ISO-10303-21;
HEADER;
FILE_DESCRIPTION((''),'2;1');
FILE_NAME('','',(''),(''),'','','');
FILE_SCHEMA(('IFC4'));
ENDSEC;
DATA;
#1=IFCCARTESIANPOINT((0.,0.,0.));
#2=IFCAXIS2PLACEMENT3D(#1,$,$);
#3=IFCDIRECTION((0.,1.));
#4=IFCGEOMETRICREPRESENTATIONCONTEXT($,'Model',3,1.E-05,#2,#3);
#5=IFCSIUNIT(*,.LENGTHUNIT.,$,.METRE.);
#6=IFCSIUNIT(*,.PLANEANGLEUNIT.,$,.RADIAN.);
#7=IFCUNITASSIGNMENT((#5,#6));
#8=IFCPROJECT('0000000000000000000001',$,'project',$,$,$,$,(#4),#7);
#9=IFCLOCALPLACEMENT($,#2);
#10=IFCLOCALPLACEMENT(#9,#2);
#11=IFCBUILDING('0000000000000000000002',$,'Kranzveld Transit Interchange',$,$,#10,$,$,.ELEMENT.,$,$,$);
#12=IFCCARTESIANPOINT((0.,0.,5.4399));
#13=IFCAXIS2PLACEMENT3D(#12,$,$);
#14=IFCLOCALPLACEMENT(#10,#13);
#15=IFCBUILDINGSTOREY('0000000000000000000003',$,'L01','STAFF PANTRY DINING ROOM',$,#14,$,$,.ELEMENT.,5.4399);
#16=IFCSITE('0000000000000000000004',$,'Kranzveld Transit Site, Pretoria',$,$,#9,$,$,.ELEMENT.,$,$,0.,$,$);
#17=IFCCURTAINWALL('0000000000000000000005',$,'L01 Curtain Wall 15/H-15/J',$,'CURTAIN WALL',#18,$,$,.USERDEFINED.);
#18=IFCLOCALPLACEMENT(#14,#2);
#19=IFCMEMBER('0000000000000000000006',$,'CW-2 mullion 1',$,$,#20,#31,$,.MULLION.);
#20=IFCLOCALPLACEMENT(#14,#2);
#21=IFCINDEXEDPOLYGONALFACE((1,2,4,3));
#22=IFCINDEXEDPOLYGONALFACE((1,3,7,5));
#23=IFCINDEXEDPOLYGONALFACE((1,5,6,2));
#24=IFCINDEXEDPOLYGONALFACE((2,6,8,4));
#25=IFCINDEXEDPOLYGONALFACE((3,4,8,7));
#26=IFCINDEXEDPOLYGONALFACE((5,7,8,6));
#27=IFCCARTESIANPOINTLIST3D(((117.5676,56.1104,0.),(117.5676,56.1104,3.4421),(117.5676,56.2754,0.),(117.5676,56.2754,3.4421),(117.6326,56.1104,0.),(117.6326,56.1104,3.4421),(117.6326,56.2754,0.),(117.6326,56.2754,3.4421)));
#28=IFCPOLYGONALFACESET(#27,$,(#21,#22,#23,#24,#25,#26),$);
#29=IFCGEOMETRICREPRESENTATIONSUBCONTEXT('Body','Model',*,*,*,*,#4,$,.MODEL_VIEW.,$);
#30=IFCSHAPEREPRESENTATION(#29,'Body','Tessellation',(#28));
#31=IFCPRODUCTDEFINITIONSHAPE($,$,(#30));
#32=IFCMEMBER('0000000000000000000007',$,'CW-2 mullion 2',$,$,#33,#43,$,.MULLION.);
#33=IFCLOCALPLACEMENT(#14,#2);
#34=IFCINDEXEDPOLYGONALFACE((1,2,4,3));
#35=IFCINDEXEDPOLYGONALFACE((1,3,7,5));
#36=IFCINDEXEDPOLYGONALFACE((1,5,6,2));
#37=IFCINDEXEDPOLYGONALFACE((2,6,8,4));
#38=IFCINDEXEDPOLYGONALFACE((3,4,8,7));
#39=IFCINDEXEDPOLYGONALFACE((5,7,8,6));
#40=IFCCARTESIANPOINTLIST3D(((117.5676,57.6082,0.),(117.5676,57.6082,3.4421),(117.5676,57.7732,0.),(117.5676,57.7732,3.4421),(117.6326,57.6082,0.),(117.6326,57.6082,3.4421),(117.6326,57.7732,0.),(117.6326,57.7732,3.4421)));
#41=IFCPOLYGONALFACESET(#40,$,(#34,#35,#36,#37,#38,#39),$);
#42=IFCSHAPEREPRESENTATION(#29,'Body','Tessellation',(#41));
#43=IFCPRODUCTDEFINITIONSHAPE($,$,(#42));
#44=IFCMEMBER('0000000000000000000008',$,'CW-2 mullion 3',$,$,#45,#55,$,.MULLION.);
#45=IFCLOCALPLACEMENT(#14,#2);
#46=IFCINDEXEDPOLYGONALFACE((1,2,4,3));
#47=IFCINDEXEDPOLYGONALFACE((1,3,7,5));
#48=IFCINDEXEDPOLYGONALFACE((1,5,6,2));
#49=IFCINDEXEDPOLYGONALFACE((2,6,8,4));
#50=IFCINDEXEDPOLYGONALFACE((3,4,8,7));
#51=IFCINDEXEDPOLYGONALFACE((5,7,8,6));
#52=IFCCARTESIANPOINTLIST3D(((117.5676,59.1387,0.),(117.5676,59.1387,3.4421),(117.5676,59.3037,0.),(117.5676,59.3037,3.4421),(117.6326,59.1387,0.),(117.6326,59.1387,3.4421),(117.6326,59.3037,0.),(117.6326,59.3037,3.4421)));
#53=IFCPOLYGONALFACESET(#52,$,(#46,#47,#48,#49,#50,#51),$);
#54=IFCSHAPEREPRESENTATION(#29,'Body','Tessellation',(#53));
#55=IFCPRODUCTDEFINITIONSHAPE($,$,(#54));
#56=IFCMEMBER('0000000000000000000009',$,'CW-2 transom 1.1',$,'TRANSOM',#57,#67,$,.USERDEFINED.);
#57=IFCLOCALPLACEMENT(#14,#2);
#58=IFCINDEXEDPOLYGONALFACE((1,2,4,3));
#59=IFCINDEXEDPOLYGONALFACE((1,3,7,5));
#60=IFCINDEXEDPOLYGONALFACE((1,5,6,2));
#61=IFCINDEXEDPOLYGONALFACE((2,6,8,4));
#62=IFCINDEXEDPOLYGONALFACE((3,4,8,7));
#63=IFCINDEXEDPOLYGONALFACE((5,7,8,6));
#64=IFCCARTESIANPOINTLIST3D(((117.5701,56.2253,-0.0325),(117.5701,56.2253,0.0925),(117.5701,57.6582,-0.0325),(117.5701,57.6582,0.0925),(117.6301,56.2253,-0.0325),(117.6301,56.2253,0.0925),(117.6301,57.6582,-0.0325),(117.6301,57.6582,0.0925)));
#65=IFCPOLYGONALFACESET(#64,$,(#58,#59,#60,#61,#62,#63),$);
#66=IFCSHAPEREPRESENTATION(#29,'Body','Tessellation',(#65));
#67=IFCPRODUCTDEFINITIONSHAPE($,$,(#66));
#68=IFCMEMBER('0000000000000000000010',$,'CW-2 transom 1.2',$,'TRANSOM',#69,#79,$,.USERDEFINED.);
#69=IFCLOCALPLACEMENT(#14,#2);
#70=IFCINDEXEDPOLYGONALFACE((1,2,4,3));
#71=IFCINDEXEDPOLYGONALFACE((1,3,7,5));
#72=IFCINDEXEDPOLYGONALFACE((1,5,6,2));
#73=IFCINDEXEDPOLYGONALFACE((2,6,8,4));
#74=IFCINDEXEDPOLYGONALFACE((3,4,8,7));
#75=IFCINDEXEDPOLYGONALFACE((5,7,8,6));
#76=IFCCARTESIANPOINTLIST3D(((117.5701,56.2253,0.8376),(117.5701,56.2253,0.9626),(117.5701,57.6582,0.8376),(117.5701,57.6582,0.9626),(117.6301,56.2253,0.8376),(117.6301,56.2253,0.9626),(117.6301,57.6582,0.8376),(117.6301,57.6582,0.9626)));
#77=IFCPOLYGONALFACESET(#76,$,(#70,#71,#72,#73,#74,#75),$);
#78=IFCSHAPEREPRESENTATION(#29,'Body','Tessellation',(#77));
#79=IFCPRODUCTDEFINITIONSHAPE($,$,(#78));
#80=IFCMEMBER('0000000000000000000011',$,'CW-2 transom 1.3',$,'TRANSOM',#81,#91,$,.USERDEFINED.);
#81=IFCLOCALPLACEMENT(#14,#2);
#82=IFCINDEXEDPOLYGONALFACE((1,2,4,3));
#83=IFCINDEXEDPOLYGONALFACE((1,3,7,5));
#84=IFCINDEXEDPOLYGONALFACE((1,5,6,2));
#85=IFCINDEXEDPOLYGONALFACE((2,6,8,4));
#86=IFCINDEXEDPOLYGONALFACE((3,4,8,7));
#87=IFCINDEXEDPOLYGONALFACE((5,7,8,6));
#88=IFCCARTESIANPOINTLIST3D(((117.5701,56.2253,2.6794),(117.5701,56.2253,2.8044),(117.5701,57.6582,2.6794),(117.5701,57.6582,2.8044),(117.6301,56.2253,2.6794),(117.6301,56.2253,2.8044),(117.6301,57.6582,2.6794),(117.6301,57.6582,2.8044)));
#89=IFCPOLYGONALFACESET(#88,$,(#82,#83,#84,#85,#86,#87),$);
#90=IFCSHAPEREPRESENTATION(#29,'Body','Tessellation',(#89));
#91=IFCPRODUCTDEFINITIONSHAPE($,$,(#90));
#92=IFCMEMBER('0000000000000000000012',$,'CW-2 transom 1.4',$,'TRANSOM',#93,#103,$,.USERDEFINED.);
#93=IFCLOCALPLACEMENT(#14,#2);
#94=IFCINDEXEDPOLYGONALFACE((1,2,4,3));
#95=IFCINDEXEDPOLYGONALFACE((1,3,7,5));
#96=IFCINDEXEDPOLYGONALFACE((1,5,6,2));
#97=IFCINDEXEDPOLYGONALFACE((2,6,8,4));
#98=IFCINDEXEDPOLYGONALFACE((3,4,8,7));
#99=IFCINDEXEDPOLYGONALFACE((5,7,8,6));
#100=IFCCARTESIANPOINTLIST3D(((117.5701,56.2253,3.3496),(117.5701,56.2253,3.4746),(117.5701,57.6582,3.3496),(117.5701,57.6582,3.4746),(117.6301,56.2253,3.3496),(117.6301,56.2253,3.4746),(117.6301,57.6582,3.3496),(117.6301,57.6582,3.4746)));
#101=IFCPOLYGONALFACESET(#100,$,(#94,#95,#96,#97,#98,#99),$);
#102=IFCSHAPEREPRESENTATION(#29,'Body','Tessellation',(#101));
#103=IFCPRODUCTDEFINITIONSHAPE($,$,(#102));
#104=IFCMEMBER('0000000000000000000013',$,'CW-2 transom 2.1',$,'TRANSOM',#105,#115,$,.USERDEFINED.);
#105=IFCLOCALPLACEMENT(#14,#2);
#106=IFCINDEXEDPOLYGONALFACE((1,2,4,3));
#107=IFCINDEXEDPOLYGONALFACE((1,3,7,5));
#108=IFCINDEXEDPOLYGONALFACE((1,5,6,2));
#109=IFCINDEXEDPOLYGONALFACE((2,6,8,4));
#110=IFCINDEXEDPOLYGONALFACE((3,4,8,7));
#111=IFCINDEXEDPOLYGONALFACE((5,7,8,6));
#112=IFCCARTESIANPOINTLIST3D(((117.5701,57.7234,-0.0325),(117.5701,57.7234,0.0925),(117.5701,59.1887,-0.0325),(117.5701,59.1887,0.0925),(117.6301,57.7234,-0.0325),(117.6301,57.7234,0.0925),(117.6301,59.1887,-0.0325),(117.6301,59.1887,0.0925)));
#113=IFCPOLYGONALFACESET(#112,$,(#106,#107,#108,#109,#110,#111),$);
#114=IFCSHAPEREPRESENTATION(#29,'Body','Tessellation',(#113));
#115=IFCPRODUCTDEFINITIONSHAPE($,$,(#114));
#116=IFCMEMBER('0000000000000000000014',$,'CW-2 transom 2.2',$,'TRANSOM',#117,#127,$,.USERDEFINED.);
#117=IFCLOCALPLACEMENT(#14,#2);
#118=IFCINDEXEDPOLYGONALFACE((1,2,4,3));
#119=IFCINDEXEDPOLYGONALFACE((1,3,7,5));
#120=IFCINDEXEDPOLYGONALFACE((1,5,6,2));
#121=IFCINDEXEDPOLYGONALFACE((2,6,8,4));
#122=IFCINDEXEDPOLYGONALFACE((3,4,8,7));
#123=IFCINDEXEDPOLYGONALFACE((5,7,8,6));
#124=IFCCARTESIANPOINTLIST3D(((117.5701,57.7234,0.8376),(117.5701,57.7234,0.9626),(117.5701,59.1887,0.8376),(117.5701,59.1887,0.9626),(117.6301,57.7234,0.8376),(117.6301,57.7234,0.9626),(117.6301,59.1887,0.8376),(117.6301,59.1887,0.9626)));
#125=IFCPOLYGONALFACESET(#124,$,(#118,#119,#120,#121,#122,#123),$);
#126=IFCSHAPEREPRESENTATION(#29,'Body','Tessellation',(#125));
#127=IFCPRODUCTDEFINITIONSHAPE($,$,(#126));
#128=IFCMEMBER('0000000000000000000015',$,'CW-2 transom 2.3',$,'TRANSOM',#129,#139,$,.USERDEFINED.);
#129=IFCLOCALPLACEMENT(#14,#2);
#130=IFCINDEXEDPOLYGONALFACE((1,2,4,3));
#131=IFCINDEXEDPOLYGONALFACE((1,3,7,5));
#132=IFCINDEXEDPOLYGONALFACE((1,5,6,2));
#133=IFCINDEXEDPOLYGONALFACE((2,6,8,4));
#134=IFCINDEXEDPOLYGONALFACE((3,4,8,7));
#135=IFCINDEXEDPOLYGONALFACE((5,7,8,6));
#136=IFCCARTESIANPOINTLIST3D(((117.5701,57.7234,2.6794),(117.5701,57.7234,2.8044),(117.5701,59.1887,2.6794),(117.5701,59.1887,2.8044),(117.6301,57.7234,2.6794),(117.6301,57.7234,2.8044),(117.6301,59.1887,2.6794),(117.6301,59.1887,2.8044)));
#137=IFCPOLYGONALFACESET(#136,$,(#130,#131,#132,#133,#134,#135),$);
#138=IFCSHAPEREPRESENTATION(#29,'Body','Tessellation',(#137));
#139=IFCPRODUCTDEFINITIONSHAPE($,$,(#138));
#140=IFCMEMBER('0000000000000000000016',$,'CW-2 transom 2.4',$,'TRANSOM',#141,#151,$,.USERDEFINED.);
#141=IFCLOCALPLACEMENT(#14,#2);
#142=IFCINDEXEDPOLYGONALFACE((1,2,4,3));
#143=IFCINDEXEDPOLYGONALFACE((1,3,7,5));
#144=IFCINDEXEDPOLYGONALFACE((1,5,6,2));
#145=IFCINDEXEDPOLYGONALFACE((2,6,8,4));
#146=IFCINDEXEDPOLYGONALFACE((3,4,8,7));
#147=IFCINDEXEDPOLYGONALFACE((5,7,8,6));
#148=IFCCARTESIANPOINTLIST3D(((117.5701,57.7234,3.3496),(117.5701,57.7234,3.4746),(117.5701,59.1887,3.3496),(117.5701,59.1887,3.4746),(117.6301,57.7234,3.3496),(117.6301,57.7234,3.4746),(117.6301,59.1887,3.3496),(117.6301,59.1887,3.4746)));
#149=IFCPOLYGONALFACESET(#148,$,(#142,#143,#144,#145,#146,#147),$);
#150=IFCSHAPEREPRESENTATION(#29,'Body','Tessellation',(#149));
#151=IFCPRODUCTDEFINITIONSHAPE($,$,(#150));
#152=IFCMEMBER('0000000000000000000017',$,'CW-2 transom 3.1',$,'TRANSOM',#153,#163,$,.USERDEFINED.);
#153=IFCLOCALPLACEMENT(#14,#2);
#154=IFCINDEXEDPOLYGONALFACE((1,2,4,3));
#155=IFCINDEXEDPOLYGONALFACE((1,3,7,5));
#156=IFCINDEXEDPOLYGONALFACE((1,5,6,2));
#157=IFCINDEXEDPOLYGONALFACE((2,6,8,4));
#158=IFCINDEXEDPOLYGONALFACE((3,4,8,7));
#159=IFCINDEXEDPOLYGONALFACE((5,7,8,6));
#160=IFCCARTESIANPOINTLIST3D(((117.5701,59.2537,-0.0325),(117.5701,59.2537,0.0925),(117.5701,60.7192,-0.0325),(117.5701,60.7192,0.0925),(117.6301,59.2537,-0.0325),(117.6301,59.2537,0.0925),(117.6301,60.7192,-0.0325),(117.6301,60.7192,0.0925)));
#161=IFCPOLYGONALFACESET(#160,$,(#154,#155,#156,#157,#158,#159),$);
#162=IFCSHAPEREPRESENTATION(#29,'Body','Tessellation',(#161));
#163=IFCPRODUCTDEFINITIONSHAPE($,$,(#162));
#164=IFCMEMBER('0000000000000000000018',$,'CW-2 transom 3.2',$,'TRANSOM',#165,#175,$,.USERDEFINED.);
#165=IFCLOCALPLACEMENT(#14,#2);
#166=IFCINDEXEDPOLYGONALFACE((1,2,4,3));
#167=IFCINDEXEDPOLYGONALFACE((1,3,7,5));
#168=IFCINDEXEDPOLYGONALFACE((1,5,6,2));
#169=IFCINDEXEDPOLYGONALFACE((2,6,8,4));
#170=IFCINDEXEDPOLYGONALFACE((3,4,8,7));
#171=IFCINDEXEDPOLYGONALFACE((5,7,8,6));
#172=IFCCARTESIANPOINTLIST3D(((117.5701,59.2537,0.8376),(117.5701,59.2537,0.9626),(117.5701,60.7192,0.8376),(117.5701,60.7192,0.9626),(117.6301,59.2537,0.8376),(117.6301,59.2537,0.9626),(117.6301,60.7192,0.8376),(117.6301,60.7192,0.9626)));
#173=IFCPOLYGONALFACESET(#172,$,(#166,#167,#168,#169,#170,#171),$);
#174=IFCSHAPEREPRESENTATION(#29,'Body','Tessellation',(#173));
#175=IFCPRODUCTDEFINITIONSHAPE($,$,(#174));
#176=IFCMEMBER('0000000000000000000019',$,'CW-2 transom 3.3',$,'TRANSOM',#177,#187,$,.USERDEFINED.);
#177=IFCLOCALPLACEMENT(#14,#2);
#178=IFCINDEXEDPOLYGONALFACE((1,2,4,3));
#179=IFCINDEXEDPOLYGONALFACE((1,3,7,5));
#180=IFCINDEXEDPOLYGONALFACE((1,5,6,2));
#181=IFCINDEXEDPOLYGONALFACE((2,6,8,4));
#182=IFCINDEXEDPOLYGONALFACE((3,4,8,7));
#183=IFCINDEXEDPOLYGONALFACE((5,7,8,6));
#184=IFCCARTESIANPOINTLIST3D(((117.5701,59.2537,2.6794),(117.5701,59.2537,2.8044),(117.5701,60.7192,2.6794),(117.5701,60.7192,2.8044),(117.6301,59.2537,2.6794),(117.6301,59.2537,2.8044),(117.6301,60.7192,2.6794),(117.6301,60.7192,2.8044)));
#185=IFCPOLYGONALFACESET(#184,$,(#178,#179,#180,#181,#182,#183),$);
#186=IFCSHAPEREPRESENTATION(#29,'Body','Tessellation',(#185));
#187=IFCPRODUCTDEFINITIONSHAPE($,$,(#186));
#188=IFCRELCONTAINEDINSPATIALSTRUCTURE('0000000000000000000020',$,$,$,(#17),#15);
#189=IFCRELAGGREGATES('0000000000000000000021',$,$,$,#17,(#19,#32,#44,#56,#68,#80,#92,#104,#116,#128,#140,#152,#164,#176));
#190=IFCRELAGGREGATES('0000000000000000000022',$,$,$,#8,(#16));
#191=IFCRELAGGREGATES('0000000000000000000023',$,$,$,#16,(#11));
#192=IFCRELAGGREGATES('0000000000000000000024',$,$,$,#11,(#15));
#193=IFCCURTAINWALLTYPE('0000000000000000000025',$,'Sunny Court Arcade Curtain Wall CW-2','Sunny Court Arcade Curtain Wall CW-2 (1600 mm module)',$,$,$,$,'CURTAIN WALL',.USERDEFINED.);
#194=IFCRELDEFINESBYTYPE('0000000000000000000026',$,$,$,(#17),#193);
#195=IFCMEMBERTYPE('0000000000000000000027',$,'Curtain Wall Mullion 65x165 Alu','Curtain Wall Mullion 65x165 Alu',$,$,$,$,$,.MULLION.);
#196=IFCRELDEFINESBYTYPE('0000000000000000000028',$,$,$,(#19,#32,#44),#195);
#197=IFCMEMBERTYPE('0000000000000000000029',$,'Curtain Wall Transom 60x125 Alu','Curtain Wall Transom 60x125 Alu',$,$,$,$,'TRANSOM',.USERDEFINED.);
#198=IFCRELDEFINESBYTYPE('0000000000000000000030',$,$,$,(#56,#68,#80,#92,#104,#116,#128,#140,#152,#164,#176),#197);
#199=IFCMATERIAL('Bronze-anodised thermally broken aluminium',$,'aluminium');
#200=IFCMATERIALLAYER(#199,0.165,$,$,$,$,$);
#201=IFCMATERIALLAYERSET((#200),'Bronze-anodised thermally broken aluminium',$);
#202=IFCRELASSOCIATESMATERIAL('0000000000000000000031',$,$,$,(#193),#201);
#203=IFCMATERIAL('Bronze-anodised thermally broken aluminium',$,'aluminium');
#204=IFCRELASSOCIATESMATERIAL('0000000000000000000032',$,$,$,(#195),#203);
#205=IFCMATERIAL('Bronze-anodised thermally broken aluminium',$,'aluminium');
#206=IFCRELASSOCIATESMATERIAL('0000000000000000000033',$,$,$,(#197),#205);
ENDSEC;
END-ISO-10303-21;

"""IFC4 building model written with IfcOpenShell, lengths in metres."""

from ifc_helpers import new_model, si_unit, direction, frame, origin, origin_2d, place, context, subcontext, project, spatial, rectangle, extrude, material, layer, layer_set, material_profile, profile_set, type_object, element, aggregate, save


model = new_model("IFC4")

# Units and contexts
model_context = context("Model", 3, precision=1e-05, world=origin(), true_north=direction((0.0, 1.0)))
body_context = subcontext(model_context, "Body", "Model", "MODEL_VIEW")
ifc_project = project(units=[si_unit("LENGTHUNIT", "METRE"), si_unit("PLANEANGLEUNIT", "RADIAN")], contexts=[model_context])

# Site, building, storey
site_placement = place(None, origin())
site = spatial("IfcSite", under=ifc_project, at=site_placement, Name="Kranzveld Transit Site, Pretoria", CompositionType="ELEMENT", RefElevation=0.0)
building_placement = place(site_placement, origin())
building = spatial("IfcBuilding", under=site, at=building_placement, Name="Kranzveld Transit Interchange", CompositionType="ELEMENT")
storey_placement = place(building_placement, frame((0.0, 0.0, 5.4399)))
storey = spatial("IfcBuildingStorey", under=building, at=storey_placement, Name="L01", Description="STAFF PANTRY DINING ROOM", CompositionType="ELEMENT", Elevation=5.4399)

# Curtain wall, members
ifc_material_1 = material(Name="Bronze-anodised thermally broken aluminium", Category="aluminium")
ifc_layer_1 = layer(ifc_material_1, 0.165)
ifc_layer_set_1 = layer_set([ifc_layer_1], Name="Bronze-anodised thermally broken aluminium")
curtain_wall_type = type_object("IfcCurtainWallType", Name="Sunny Court Arcade Curtain Wall CW-2", Description="Sunny Court Arcade Curtain Wall CW-2 (1600 mm module)", ElementType="CURTAIN WALL", PredefinedType="USERDEFINED", material=ifc_layer_set_1)
curtain_wall_placement = place(storey_placement, origin())
curtain_wall = element("IfcCurtainWall", 1, at=curtain_wall_placement, inside=storey, type_object=curtain_wall_type, Name="L01 Curtain Wall 15/H-15/J", ObjectType="CURTAIN WALL", PredefinedType="USERDEFINED")
ifc_material_2 = material(Name="Bronze-anodised thermally broken aluminium", Category="aluminium")
ifc_material_profile_1 = material_profile(ifc_material_2, rectangle(XDim=0.0649, YDim=0.165, at=origin_2d()), Name="ALU MULLION 65x165")
ifc_profile_set_1 = profile_set([ifc_material_profile_1], Name="Bronze-anodised thermally broken aluminium")
member_type_1 = type_object("IfcMemberType", Name="Curtain Wall Mullion 65x165 Alu", Description="Curtain Wall Mullion 65x165 Alu", PredefinedType="MULLION", material=ifc_profile_set_1)
member_1_placement = place(storey_placement, frame((117.6001, 56.1929, 0.0), z_axis=(0.0, 0.0, 1.0), x_axis=(-1.0, 0.0, 0.0)))
member_1 = element("IfcMember", 2, at=member_1_placement, type_object=member_type_1, Name="CW-2 mullion 1", PredefinedType="MULLION", context=body_context, shape_type="SweptSolid", body=[
    extrude(rectangle(XDim=0.0649, YDim=0.165, at=origin_2d()), origin(), (0.0, 0.0, 1.0), 3.4421),
])
member_2_placement = place(storey_placement, frame((117.6001, 57.6907, 0.0), z_axis=(0.0, 0.0, 1.0), x_axis=(-1.0, 0.0, 0.0)))
member_2 = element("IfcMember", 3, at=member_2_placement, type_object=member_type_1, Name="CW-2 mullion 2", PredefinedType="MULLION", context=body_context, shape_type="SweptSolid", body=[
    extrude(rectangle(XDim=0.0649, YDim=0.165, at=origin_2d()), origin(), (0.0, 0.0, 1.0), 3.4421),
])
member_3_placement = place(storey_placement, frame((117.6001, 59.2212, 0.0), z_axis=(0.0, 0.0, 1.0), x_axis=(-1.0, 0.0, 0.0)))
member_3 = element("IfcMember", 4, at=member_3_placement, type_object=member_type_1, Name="CW-2 mullion 3", PredefinedType="MULLION", context=body_context, shape_type="SweptSolid", body=[
    extrude(rectangle(XDim=0.0649, YDim=0.165, at=origin_2d()), origin(), (0.0, 0.0, 1.0), 3.4421),
])
ifc_material_3 = material(Name="Bronze-anodised thermally broken aluminium", Category="aluminium")
ifc_material_profile_2 = material_profile(ifc_material_3, rectangle(XDim=0.0601, YDim=0.125, at=origin_2d()), Name="ALU TRANSOM 60x125")
ifc_profile_set_2 = profile_set([ifc_material_profile_2], Name="Bronze-anodised thermally broken aluminium")
member_type_2 = type_object("IfcMemberType", Name="Curtain Wall Transom 60x125 Alu", Description="Curtain Wall Transom 60x125 Alu", ElementType="TRANSOM", PredefinedType="USERDEFINED", material=ifc_profile_set_2)
member_4_placement = place(storey_placement, frame((117.6001, 56.2253, 0.03), z_axis=(0.0, 1.0, 0.0), x_axis=(-1.0, 0.0, 0.0)))
member_4 = element("IfcMember", 5, at=member_4_placement, type_object=member_type_2, Name="CW-2 transom 1.1", ObjectType="TRANSOM", PredefinedType="USERDEFINED", context=body_context, shape_type="SweptSolid", body=[
    extrude(rectangle(XDim=0.0601, YDim=0.125, at=origin_2d()), origin(), (0.0, 0.0, 1.0), 1.4329),
])
member_5_placement = place(storey_placement, frame((117.6001, 56.2253, 0.9001), z_axis=(0.0, 1.0, 0.0), x_axis=(-1.0, 0.0, 0.0)))
member_5 = element("IfcMember", 6, at=member_5_placement, type_object=member_type_2, Name="CW-2 transom 1.2", ObjectType="TRANSOM", PredefinedType="USERDEFINED", context=body_context, shape_type="SweptSolid", body=[
    extrude(rectangle(XDim=0.0601, YDim=0.125, at=origin_2d()), origin(), (0.0, 0.0, 1.0), 1.4329),
])
member_6_placement = place(storey_placement, frame((117.6001, 56.2253, 2.7419), z_axis=(0.0, 1.0, 0.0), x_axis=(-1.0, 0.0, 0.0)))
member_6 = element("IfcMember", 7, at=member_6_placement, type_object=member_type_2, Name="CW-2 transom 1.3", ObjectType="TRANSOM", PredefinedType="USERDEFINED", context=body_context, shape_type="SweptSolid", body=[
    extrude(rectangle(XDim=0.0601, YDim=0.125, at=origin_2d()), origin(), (0.0, 0.0, 1.0), 1.4329),
])
member_7_placement = place(storey_placement, frame((117.6001, 56.2253, 3.4121), z_axis=(0.0, 1.0, 0.0), x_axis=(-1.0, 0.0, 0.0)))
member_7 = element("IfcMember", 8, at=member_7_placement, type_object=member_type_2, Name="CW-2 transom 1.4", ObjectType="TRANSOM", PredefinedType="USERDEFINED", context=body_context, shape_type="SweptSolid", body=[
    extrude(rectangle(XDim=0.0601, YDim=0.125, at=origin_2d()), origin(), (0.0, 0.0, 1.0), 1.4329),
])
member_8_placement = place(storey_placement, frame((117.6001, 57.7234, 0.03), z_axis=(0.0, 1.0, 0.0), x_axis=(-1.0, 0.0, 0.0)))
member_8 = element("IfcMember", 9, at=member_8_placement, type_object=member_type_2, Name="CW-2 transom 2.1", ObjectType="TRANSOM", PredefinedType="USERDEFINED", context=body_context, shape_type="SweptSolid", body=[
    extrude(rectangle(XDim=0.0601, YDim=0.125, at=origin_2d()), origin(), (0.0, 0.0, 1.0), 1.4653),
])
member_9_placement = place(storey_placement, frame((117.6001, 57.7234, 0.9001), z_axis=(0.0, 1.0, 0.0), x_axis=(-1.0, 0.0, 0.0)))
member_9 = element("IfcMember", 10, at=member_9_placement, type_object=member_type_2, Name="CW-2 transom 2.2", ObjectType="TRANSOM", PredefinedType="USERDEFINED", context=body_context, shape_type="SweptSolid", body=[
    extrude(rectangle(XDim=0.0601, YDim=0.125, at=origin_2d()), origin(), (0.0, 0.0, 1.0), 1.4653),
])
member_10_placement = place(storey_placement, frame((117.6001, 57.7234, 2.7419), z_axis=(0.0, 1.0, 0.0), x_axis=(-1.0, 0.0, 0.0)))
member_10 = element("IfcMember", 11, at=member_10_placement, type_object=member_type_2, Name="CW-2 transom 2.3", ObjectType="TRANSOM", PredefinedType="USERDEFINED", context=body_context, shape_type="SweptSolid", body=[
    extrude(rectangle(XDim=0.0601, YDim=0.125, at=origin_2d()), origin(), (0.0, 0.0, 1.0), 1.4653),
])
member_11_placement = place(storey_placement, frame((117.6001, 57.7234, 3.4121), z_axis=(0.0, 1.0, 0.0), x_axis=(-1.0, 0.0, 0.0)))
member_11 = element("IfcMember", 12, at=member_11_placement, type_object=member_type_2, Name="CW-2 transom 2.4", ObjectType="TRANSOM", PredefinedType="USERDEFINED", context=body_context, shape_type="SweptSolid", body=[
    extrude(rectangle(XDim=0.0601, YDim=0.125, at=origin_2d()), origin(), (0.0, 0.0, 1.0), 1.4653),
])
member_12_placement = place(storey_placement, frame((117.6001, 59.2537, 0.03), z_axis=(0.0, 1.0, 0.0), x_axis=(-1.0, 0.0, 0.0)))
member_12 = element("IfcMember", 13, at=member_12_placement, type_object=member_type_2, Name="CW-2 transom 3.1", ObjectType="TRANSOM", PredefinedType="USERDEFINED", context=body_context, shape_type="SweptSolid", body=[
    extrude(rectangle(XDim=0.0601, YDim=0.125, at=origin_2d()), origin(), (0.0, 0.0, 1.0), 1.4656),
])
member_13_placement = place(storey_placement, frame((117.6001, 59.2537, 0.9001), z_axis=(0.0, 1.0, 0.0), x_axis=(-1.0, 0.0, 0.0)))
member_13 = element("IfcMember", 14, at=member_13_placement, type_object=member_type_2, Name="CW-2 transom 3.2", ObjectType="TRANSOM", PredefinedType="USERDEFINED", context=body_context, shape_type="SweptSolid", body=[
    extrude(rectangle(XDim=0.0601, YDim=0.125, at=origin_2d()), origin(), (0.0, 0.0, 1.0), 1.4656),
])
member_14_placement = place(storey_placement, frame((117.6001, 59.2537, 2.7419), z_axis=(0.0, 1.0, 0.0), x_axis=(-1.0, 0.0, 0.0)))
member_14 = element("IfcMember", 15, at=member_14_placement, type_object=member_type_2, Name="CW-2 transom 3.3", ObjectType="TRANSOM", PredefinedType="USERDEFINED", context=body_context, shape_type="SweptSolid", body=[
    extrude(rectangle(XDim=0.0601, YDim=0.125, at=origin_2d()), origin(), (0.0, 0.0, 1.0), 1.4656),
])

aggregate(curtain_wall, [member_1, member_2, member_3, member_4, member_5, member_6, member_7, member_8, member_9, member_10, member_11, member_12, member_13, member_14])

save(model, "model.ifc")
